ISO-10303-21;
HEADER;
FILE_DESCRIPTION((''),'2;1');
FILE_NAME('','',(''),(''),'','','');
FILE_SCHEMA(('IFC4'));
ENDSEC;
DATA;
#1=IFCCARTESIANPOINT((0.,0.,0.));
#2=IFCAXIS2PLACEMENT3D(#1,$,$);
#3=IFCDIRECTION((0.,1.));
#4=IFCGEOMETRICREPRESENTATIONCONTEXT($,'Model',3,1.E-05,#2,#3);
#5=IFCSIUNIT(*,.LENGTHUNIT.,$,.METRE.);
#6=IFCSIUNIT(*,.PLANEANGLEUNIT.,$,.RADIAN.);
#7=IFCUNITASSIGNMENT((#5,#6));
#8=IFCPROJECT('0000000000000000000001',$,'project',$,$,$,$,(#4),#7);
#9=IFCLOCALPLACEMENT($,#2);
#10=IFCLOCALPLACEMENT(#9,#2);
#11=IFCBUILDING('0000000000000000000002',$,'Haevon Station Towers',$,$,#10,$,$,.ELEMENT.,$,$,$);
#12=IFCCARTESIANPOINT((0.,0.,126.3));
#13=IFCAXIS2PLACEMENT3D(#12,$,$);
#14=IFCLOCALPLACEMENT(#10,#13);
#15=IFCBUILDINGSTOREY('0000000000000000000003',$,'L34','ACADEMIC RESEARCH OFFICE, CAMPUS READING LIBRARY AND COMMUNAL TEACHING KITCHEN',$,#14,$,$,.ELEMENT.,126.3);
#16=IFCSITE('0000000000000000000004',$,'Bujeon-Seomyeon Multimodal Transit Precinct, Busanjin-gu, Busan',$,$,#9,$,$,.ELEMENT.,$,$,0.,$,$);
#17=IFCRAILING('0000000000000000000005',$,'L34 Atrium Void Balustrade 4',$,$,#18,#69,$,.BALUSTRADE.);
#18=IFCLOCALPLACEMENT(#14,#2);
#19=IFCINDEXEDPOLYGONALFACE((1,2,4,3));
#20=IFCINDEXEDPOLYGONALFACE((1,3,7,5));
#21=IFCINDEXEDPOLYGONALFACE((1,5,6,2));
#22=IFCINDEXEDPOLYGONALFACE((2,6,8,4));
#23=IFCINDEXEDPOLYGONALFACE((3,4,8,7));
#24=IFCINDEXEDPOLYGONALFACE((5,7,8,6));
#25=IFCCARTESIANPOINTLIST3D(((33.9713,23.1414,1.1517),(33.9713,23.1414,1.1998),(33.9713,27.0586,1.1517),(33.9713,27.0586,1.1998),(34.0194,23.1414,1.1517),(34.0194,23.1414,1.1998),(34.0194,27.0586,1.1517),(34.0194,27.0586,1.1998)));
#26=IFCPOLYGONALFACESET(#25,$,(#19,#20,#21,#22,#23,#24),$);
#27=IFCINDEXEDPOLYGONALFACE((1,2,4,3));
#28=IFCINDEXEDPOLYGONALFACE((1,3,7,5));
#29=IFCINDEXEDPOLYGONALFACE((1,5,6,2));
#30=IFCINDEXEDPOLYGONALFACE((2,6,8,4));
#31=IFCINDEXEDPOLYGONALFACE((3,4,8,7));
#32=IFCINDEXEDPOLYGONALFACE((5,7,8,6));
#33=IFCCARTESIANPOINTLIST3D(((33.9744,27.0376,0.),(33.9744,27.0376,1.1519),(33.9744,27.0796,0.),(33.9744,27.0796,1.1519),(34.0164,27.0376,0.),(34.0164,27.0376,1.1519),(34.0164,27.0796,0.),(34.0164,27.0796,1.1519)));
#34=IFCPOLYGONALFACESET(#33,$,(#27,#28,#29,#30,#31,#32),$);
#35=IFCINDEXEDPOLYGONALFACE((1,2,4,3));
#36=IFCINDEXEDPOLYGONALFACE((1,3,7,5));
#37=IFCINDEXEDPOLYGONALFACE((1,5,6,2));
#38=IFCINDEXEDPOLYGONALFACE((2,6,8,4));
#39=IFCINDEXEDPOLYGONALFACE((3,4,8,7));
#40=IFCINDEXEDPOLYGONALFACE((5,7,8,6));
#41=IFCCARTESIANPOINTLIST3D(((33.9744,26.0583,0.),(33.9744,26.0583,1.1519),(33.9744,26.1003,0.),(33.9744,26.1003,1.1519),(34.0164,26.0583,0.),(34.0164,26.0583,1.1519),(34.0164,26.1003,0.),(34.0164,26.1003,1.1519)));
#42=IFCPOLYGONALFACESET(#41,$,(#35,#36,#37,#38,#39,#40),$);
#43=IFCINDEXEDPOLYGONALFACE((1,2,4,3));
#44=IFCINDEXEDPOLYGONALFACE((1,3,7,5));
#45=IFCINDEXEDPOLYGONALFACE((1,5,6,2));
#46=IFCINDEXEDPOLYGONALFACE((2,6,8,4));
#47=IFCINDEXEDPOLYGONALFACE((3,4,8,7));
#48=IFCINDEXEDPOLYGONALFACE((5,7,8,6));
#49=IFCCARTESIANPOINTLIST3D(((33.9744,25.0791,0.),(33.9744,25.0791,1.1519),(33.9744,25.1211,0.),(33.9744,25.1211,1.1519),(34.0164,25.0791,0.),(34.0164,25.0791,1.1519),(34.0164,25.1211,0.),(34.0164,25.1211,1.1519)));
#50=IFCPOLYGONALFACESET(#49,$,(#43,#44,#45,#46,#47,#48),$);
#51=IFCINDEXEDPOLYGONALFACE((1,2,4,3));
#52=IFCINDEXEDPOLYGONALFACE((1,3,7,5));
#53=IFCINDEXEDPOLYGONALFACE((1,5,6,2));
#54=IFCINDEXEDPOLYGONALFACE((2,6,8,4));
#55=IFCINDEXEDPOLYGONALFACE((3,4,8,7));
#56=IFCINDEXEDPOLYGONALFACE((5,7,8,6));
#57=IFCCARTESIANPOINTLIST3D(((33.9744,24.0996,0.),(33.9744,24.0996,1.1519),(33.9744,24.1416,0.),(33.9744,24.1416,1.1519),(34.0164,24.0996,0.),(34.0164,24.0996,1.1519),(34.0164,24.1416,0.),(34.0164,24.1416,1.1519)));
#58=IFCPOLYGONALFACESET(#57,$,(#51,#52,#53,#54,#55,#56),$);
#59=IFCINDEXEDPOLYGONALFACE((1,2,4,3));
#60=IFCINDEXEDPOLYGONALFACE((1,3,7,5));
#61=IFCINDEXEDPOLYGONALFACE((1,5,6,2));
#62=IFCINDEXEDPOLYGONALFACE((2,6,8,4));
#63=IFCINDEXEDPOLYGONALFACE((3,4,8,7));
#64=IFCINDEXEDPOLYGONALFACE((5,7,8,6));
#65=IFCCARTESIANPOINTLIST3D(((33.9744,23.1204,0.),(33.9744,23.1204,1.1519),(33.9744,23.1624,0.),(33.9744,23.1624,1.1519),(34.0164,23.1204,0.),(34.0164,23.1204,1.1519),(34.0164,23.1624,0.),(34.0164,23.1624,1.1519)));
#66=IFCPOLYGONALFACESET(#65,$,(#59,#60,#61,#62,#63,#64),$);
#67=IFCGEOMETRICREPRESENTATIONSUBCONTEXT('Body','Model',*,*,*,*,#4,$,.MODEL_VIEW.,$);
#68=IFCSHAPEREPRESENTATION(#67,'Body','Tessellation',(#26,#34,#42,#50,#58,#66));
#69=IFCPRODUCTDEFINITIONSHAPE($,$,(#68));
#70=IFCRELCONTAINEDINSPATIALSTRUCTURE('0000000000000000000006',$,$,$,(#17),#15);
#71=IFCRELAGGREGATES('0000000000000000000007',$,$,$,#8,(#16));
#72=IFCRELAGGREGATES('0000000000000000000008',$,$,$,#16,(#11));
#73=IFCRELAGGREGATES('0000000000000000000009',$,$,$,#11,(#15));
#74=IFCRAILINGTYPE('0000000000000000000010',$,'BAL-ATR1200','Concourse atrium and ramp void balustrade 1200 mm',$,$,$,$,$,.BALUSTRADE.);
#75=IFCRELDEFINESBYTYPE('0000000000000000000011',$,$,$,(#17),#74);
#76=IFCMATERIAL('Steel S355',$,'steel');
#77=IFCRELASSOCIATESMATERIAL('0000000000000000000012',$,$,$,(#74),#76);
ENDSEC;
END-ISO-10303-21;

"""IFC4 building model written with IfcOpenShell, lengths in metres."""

from ifc_helpers import new_model, si_unit, direction, frame, origin, origin_2d, place, context, subcontext, project, spatial, rectangle, extrude, material, type_object, element, save


model = new_model("IFC4")

# Units and contexts
model_context = context("Model", 3, precision=1e-05, world=origin(), true_north=direction((0.0, 1.0)))
body_context = subcontext(model_context, "Body", "Model", "MODEL_VIEW")
ifc_project = project(units=[si_unit("LENGTHUNIT", "METRE"), si_unit("PLANEANGLEUNIT", "RADIAN")], contexts=[model_context])

# Site, building, storey
site_placement = place(None, origin())
site = spatial("IfcSite", under=ifc_project, at=site_placement, Name="Bujeon-Seomyeon Multimodal Transit Precinct, Busanjin-gu, Busan", CompositionType="ELEMENT", RefElevation=0.0)
building_placement = place(site_placement, origin())
building = spatial("IfcBuilding", under=site, at=building_placement, Name="Haevon Station Towers", CompositionType="ELEMENT")
storey_placement = place(building_placement, frame((0.0, 0.0, 126.3)))
storey = spatial("IfcBuildingStorey", under=building, at=storey_placement, Name="L34", Description="ACADEMIC RESEARCH OFFICE, CAMPUS READING LIBRARY AND COMMUNAL TEACHING KITCHEN", CompositionType="ELEMENT", Elevation=126.3)

# Shared definitions
ifc_material_1 = material(Name="Steel S355", Category="steel")

# Railing
railing_type = type_object("IfcRailingType", Name="BAL-ATR1200", Description="Concourse atrium and ramp void balustrade 1200 mm", PredefinedType="BALUSTRADE", material=ifc_material_1)
railing_1_placement = place(storey_placement, frame((33.9954, 27.0586, 0.0)))
element("IfcRailing", 1, at=railing_1_placement, inside=storey, type_object=railing_type, Name="L34 Atrium Void Balustrade 4", PredefinedType="BALUSTRADE", context=body_context, shape_type="SweptSolid", body=[
    extrude(rectangle(XDim=0.0481, YDim=0.0481, at=origin_2d()), frame((0.0, 0.0, 1.1758), z_axis=(0.0, -1.0, 0.0), x_axis=(1.0, 0.0, 0.0)), (0.0, 0.0, 1.0), 3.9172),
    extrude(rectangle(XDim=0.042, YDim=0.042, at=origin_2d()), origin(), (0.0, 0.0, 1.0), 1.1519),
    extrude(rectangle(XDim=0.042, YDim=0.042, at=origin_2d()), frame((0.0, -0.9792, 0.0)), (0.0, 0.0, 1.0), 1.1519),
    extrude(rectangle(XDim=0.042, YDim=0.042, at=origin_2d()), frame((0.0, -1.9585, 0.0)), (0.0, 0.0, 1.0), 1.1519),
    extrude(rectangle(XDim=0.042, YDim=0.042, at=origin_2d()), frame((0.0, -2.938, 0.0)), (0.0, 0.0, 1.0), 1.1519),
    extrude(rectangle(XDim=0.042, YDim=0.042, at=origin_2d()), frame((0.0, -3.9172, 0.0)), (0.0, 0.0, 1.0), 1.1519),
])

save(model, "model.ifc")
